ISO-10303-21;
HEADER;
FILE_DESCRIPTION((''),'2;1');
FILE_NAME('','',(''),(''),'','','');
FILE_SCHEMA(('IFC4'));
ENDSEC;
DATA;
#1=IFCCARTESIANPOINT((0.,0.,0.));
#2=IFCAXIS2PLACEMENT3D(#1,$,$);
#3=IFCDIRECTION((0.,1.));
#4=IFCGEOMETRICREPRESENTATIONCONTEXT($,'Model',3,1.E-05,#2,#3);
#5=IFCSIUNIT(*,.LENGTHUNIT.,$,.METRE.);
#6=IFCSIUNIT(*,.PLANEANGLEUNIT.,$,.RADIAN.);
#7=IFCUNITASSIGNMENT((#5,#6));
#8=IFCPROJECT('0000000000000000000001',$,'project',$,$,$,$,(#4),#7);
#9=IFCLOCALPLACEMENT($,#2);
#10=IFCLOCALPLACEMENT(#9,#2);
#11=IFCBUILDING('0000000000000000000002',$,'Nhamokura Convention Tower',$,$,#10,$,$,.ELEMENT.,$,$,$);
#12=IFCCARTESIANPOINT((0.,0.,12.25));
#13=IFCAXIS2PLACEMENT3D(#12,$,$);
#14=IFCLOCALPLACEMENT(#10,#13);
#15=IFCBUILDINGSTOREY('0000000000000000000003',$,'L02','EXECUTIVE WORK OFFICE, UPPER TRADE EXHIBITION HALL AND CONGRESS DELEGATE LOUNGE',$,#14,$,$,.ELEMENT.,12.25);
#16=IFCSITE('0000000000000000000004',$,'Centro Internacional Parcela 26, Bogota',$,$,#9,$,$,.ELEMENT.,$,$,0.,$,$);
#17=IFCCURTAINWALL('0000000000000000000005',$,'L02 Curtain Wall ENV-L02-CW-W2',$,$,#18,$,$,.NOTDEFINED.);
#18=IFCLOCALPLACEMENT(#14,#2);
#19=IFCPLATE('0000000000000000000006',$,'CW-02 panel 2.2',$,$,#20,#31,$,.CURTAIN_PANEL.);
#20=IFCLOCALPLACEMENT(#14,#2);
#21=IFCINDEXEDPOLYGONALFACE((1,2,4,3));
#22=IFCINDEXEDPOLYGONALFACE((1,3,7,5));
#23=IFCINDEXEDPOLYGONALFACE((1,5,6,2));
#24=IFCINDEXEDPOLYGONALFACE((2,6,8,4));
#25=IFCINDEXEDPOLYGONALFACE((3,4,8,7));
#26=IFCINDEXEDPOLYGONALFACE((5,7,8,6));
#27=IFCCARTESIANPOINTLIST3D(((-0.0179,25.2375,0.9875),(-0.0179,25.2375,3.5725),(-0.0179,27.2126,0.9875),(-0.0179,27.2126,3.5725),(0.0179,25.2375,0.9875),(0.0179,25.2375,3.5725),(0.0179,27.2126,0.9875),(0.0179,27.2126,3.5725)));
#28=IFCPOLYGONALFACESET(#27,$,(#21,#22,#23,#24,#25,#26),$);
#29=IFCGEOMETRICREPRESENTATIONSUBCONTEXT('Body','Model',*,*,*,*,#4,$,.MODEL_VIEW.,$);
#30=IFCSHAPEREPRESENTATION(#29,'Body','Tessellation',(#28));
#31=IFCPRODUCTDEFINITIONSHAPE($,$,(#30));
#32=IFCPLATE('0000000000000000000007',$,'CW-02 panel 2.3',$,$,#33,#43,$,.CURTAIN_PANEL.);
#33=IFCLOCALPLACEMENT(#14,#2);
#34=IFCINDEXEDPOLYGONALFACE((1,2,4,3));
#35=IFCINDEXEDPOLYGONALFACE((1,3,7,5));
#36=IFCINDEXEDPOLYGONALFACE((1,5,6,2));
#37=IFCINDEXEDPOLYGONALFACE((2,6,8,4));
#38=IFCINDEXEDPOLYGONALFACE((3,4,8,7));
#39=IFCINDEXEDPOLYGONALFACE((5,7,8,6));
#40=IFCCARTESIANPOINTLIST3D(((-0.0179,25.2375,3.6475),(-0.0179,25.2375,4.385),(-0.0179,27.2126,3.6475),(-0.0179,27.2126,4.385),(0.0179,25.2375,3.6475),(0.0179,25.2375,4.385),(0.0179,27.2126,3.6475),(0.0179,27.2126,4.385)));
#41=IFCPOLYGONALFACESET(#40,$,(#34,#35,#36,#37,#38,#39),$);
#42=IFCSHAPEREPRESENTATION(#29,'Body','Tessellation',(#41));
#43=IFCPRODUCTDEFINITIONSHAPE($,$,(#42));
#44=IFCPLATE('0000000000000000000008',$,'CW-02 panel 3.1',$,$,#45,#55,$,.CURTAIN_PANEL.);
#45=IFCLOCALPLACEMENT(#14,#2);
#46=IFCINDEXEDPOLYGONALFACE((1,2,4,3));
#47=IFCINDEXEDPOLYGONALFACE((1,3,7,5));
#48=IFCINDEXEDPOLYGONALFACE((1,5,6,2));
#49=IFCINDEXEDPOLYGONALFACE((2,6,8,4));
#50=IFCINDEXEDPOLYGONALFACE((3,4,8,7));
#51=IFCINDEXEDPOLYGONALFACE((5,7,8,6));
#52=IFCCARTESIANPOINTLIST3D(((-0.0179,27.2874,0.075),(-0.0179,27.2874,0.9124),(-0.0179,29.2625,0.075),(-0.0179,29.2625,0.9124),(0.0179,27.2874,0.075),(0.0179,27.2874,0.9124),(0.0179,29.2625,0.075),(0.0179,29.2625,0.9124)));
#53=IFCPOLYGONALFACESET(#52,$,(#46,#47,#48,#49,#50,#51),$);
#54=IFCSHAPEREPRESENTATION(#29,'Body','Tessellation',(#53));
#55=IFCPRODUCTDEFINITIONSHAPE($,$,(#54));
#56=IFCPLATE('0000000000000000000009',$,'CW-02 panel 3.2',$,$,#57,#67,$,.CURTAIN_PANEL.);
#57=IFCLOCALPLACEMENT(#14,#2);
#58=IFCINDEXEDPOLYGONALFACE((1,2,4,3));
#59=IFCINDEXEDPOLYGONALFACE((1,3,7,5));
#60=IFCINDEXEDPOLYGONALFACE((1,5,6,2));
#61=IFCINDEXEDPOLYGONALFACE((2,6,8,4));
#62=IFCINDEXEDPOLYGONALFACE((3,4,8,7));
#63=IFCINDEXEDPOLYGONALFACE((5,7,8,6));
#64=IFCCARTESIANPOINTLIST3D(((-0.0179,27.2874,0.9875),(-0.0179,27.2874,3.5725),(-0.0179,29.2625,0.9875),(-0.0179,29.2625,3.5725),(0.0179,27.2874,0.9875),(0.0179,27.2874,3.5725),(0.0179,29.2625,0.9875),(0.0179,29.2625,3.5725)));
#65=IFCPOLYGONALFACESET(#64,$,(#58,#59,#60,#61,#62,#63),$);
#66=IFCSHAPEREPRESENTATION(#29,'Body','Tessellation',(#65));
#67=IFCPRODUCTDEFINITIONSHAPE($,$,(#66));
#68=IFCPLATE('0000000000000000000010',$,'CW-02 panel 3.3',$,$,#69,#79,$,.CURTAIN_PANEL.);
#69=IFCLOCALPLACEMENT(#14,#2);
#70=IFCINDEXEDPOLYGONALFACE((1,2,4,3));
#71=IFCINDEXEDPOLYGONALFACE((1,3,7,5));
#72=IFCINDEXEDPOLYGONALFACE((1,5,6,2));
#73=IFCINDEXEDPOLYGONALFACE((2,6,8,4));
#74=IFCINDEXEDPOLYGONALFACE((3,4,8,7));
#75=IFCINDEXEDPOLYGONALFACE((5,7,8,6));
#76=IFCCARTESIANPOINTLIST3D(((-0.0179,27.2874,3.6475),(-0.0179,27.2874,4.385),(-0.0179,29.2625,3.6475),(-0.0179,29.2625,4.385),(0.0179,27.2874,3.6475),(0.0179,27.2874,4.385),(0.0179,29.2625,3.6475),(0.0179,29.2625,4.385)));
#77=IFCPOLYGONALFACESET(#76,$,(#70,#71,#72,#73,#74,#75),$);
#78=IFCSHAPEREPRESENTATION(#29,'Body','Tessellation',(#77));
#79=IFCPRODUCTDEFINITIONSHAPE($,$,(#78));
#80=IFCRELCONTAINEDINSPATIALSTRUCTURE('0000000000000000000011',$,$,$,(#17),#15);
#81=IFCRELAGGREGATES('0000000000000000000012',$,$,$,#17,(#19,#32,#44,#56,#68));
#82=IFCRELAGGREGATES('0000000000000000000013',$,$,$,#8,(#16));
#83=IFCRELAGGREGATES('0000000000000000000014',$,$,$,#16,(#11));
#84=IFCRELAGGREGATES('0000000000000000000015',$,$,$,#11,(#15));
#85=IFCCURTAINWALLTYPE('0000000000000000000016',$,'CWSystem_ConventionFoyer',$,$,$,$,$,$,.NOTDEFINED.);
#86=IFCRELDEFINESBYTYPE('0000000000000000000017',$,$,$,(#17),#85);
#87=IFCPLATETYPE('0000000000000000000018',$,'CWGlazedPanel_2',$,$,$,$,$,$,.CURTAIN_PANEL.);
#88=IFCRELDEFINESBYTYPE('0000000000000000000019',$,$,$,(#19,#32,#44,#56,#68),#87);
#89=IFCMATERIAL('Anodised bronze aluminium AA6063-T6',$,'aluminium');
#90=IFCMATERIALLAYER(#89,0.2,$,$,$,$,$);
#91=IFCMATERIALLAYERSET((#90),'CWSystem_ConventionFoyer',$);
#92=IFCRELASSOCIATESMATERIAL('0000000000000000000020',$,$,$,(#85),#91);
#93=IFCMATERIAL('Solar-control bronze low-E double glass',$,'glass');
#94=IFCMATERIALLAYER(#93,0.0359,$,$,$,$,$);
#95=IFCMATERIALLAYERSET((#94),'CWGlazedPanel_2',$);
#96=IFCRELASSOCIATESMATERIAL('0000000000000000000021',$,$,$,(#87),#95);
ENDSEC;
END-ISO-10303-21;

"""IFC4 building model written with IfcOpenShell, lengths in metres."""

from ifc_helpers import new_model, si_unit, direction, frame, origin, origin_2d, place, context, subcontext, project, spatial, rectangle, extrude, material, layer, layer_set, type_object, element, aggregate, save


model = new_model("IFC4")

# Units and contexts
model_context = context("Model", 3, precision=1e-05, world=origin(), true_north=direction((0.0, 1.0)))
body_context = subcontext(model_context, "Body", "Model", "MODEL_VIEW")
ifc_project = project(units=[si_unit("LENGTHUNIT", "METRE"), si_unit("PLANEANGLEUNIT", "RADIAN")], contexts=[model_context])

# Site, building, storey
site_placement = place(None, origin())
site = spatial("IfcSite", under=ifc_project, at=site_placement, Name="Centro Internacional Parcela 26, Bogota", CompositionType="ELEMENT", RefElevation=0.0)
building_placement = place(site_placement, origin())
building = spatial("IfcBuilding", under=site, at=building_placement, Name="Nhamokura Convention Tower", CompositionType="ELEMENT")
storey_placement = place(building_placement, frame((0.0, 0.0, 12.25)))
storey = spatial("IfcBuildingStorey", under=building, at=storey_placement, Name="L02", Description="EXECUTIVE WORK OFFICE, UPPER TRADE EXHIBITION HALL AND CONGRESS DELEGATE LOUNGE", CompositionType="ELEMENT", Elevation=12.25)

# Curtain wall
ifc_material_1 = material(Name="Anodised bronze aluminium AA6063-T6", Category="aluminium")
ifc_layer_1 = layer(ifc_material_1, 0.2)
ifc_layer_set_1 = layer_set([ifc_layer_1], Name="CWSystem_ConventionFoyer")
curtain_wall_type = type_object("IfcCurtainWallType", Name="CWSystem_ConventionFoyer", PredefinedType="NOTDEFINED", material=ifc_layer_set_1)
curtain_wall_placement = place(storey_placement, origin())
curtain_wall = element("IfcCurtainWall", 1, at=curtain_wall_placement, inside=storey, type_object=curtain_wall_type, Name="L02 Curtain Wall ENV-L02-CW-W2", PredefinedType="NOTDEFINED")

# Plates
ifc_material_2 = material(Name="Solar-control bronze low-E double glass", Category="glass")
ifc_layer_2 = layer(ifc_material_2, 0.0359)
ifc_layer_set_2 = layer_set([ifc_layer_2], Name="CWGlazedPanel_2")
plate_type = type_object("IfcPlateType", Name="CWGlazedPanel_2", PredefinedType="CURTAIN_PANEL", material=ifc_layer_set_2)
plate_1_placement = place(storey_placement, frame((0.0, 26.2251, 0.9875), z_axis=(0.0, 0.0, 1.0), x_axis=(0.0, 1.0, 0.0)))
plate_1 = element("IfcPlate", 2, at=plate_1_placement, type_object=plate_type, Name="CW-02 panel 2.2", PredefinedType="CURTAIN_PANEL", context=body_context, shape_type="SweptSolid", body=[
    extrude(rectangle(XDim=1.9751, YDim=0.0359, at=origin_2d()), origin(), (0.0, 0.0, 1.0), 2.585),
])
plate_2_placement = place(storey_placement, frame((0.0, 26.2251, 3.6475), z_axis=(0.0, 0.0, 1.0), x_axis=(0.0, 1.0, 0.0)))
plate_2 = element("IfcPlate", 3, at=plate_2_placement, type_object=plate_type, Name="CW-02 panel 2.3", PredefinedType="CURTAIN_PANEL", context=body_context, shape_type="SweptSolid", body=[
    extrude(rectangle(XDim=1.9751, YDim=0.0359, at=origin_2d()), origin(), (0.0, 0.0, 1.0), 0.7375),
])
plate_3_placement = place(storey_placement, frame((0.0, 28.2749, 0.075), z_axis=(0.0, 0.0, 1.0), x_axis=(0.0, 1.0, 0.0)))
plate_3 = element("IfcPlate", 4, at=plate_3_placement, type_object=plate_type, Name="CW-02 panel 3.1", PredefinedType="CURTAIN_PANEL", context=body_context, shape_type="SweptSolid", body=[
    extrude(rectangle(XDim=1.9751, YDim=0.0359, at=origin_2d()), origin(), (0.0, 0.0, 1.0), 0.8374),
])
plate_4_placement = place(storey_placement, frame((0.0, 28.2749, 0.9875), z_axis=(0.0, 0.0, 1.0), x_axis=(0.0, 1.0, 0.0)))
plate_4 = element("IfcPlate", 5, at=plate_4_placement, type_object=plate_type, Name="CW-02 panel 3.2", PredefinedType="CURTAIN_PANEL", context=body_context, shape_type="SweptSolid", body=[
    extrude(rectangle(XDim=1.9751, YDim=0.0359, at=origin_2d()), origin(), (0.0, 0.0, 1.0), 2.585),
])
plate_5_placement = place(storey_placement, frame((0.0, 28.2749, 3.6475), z_axis=(0.0, 0.0, 1.0), x_axis=(0.0, 1.0, 0.0)))
plate_5 = element("IfcPlate", 6, at=plate_5_placement, type_object=plate_type, Name="CW-02 panel 3.3", PredefinedType="CURTAIN_PANEL", context=body_context, shape_type="SweptSolid", body=[
    extrude(rectangle(XDim=1.9751, YDim=0.0359, at=origin_2d()), origin(), (0.0, 0.0, 1.0), 0.7375),
])
aggregate(curtain_wall, [plate_1, plate_2, plate_3, plate_4, plate_5])

save(model, "model.ifc")
